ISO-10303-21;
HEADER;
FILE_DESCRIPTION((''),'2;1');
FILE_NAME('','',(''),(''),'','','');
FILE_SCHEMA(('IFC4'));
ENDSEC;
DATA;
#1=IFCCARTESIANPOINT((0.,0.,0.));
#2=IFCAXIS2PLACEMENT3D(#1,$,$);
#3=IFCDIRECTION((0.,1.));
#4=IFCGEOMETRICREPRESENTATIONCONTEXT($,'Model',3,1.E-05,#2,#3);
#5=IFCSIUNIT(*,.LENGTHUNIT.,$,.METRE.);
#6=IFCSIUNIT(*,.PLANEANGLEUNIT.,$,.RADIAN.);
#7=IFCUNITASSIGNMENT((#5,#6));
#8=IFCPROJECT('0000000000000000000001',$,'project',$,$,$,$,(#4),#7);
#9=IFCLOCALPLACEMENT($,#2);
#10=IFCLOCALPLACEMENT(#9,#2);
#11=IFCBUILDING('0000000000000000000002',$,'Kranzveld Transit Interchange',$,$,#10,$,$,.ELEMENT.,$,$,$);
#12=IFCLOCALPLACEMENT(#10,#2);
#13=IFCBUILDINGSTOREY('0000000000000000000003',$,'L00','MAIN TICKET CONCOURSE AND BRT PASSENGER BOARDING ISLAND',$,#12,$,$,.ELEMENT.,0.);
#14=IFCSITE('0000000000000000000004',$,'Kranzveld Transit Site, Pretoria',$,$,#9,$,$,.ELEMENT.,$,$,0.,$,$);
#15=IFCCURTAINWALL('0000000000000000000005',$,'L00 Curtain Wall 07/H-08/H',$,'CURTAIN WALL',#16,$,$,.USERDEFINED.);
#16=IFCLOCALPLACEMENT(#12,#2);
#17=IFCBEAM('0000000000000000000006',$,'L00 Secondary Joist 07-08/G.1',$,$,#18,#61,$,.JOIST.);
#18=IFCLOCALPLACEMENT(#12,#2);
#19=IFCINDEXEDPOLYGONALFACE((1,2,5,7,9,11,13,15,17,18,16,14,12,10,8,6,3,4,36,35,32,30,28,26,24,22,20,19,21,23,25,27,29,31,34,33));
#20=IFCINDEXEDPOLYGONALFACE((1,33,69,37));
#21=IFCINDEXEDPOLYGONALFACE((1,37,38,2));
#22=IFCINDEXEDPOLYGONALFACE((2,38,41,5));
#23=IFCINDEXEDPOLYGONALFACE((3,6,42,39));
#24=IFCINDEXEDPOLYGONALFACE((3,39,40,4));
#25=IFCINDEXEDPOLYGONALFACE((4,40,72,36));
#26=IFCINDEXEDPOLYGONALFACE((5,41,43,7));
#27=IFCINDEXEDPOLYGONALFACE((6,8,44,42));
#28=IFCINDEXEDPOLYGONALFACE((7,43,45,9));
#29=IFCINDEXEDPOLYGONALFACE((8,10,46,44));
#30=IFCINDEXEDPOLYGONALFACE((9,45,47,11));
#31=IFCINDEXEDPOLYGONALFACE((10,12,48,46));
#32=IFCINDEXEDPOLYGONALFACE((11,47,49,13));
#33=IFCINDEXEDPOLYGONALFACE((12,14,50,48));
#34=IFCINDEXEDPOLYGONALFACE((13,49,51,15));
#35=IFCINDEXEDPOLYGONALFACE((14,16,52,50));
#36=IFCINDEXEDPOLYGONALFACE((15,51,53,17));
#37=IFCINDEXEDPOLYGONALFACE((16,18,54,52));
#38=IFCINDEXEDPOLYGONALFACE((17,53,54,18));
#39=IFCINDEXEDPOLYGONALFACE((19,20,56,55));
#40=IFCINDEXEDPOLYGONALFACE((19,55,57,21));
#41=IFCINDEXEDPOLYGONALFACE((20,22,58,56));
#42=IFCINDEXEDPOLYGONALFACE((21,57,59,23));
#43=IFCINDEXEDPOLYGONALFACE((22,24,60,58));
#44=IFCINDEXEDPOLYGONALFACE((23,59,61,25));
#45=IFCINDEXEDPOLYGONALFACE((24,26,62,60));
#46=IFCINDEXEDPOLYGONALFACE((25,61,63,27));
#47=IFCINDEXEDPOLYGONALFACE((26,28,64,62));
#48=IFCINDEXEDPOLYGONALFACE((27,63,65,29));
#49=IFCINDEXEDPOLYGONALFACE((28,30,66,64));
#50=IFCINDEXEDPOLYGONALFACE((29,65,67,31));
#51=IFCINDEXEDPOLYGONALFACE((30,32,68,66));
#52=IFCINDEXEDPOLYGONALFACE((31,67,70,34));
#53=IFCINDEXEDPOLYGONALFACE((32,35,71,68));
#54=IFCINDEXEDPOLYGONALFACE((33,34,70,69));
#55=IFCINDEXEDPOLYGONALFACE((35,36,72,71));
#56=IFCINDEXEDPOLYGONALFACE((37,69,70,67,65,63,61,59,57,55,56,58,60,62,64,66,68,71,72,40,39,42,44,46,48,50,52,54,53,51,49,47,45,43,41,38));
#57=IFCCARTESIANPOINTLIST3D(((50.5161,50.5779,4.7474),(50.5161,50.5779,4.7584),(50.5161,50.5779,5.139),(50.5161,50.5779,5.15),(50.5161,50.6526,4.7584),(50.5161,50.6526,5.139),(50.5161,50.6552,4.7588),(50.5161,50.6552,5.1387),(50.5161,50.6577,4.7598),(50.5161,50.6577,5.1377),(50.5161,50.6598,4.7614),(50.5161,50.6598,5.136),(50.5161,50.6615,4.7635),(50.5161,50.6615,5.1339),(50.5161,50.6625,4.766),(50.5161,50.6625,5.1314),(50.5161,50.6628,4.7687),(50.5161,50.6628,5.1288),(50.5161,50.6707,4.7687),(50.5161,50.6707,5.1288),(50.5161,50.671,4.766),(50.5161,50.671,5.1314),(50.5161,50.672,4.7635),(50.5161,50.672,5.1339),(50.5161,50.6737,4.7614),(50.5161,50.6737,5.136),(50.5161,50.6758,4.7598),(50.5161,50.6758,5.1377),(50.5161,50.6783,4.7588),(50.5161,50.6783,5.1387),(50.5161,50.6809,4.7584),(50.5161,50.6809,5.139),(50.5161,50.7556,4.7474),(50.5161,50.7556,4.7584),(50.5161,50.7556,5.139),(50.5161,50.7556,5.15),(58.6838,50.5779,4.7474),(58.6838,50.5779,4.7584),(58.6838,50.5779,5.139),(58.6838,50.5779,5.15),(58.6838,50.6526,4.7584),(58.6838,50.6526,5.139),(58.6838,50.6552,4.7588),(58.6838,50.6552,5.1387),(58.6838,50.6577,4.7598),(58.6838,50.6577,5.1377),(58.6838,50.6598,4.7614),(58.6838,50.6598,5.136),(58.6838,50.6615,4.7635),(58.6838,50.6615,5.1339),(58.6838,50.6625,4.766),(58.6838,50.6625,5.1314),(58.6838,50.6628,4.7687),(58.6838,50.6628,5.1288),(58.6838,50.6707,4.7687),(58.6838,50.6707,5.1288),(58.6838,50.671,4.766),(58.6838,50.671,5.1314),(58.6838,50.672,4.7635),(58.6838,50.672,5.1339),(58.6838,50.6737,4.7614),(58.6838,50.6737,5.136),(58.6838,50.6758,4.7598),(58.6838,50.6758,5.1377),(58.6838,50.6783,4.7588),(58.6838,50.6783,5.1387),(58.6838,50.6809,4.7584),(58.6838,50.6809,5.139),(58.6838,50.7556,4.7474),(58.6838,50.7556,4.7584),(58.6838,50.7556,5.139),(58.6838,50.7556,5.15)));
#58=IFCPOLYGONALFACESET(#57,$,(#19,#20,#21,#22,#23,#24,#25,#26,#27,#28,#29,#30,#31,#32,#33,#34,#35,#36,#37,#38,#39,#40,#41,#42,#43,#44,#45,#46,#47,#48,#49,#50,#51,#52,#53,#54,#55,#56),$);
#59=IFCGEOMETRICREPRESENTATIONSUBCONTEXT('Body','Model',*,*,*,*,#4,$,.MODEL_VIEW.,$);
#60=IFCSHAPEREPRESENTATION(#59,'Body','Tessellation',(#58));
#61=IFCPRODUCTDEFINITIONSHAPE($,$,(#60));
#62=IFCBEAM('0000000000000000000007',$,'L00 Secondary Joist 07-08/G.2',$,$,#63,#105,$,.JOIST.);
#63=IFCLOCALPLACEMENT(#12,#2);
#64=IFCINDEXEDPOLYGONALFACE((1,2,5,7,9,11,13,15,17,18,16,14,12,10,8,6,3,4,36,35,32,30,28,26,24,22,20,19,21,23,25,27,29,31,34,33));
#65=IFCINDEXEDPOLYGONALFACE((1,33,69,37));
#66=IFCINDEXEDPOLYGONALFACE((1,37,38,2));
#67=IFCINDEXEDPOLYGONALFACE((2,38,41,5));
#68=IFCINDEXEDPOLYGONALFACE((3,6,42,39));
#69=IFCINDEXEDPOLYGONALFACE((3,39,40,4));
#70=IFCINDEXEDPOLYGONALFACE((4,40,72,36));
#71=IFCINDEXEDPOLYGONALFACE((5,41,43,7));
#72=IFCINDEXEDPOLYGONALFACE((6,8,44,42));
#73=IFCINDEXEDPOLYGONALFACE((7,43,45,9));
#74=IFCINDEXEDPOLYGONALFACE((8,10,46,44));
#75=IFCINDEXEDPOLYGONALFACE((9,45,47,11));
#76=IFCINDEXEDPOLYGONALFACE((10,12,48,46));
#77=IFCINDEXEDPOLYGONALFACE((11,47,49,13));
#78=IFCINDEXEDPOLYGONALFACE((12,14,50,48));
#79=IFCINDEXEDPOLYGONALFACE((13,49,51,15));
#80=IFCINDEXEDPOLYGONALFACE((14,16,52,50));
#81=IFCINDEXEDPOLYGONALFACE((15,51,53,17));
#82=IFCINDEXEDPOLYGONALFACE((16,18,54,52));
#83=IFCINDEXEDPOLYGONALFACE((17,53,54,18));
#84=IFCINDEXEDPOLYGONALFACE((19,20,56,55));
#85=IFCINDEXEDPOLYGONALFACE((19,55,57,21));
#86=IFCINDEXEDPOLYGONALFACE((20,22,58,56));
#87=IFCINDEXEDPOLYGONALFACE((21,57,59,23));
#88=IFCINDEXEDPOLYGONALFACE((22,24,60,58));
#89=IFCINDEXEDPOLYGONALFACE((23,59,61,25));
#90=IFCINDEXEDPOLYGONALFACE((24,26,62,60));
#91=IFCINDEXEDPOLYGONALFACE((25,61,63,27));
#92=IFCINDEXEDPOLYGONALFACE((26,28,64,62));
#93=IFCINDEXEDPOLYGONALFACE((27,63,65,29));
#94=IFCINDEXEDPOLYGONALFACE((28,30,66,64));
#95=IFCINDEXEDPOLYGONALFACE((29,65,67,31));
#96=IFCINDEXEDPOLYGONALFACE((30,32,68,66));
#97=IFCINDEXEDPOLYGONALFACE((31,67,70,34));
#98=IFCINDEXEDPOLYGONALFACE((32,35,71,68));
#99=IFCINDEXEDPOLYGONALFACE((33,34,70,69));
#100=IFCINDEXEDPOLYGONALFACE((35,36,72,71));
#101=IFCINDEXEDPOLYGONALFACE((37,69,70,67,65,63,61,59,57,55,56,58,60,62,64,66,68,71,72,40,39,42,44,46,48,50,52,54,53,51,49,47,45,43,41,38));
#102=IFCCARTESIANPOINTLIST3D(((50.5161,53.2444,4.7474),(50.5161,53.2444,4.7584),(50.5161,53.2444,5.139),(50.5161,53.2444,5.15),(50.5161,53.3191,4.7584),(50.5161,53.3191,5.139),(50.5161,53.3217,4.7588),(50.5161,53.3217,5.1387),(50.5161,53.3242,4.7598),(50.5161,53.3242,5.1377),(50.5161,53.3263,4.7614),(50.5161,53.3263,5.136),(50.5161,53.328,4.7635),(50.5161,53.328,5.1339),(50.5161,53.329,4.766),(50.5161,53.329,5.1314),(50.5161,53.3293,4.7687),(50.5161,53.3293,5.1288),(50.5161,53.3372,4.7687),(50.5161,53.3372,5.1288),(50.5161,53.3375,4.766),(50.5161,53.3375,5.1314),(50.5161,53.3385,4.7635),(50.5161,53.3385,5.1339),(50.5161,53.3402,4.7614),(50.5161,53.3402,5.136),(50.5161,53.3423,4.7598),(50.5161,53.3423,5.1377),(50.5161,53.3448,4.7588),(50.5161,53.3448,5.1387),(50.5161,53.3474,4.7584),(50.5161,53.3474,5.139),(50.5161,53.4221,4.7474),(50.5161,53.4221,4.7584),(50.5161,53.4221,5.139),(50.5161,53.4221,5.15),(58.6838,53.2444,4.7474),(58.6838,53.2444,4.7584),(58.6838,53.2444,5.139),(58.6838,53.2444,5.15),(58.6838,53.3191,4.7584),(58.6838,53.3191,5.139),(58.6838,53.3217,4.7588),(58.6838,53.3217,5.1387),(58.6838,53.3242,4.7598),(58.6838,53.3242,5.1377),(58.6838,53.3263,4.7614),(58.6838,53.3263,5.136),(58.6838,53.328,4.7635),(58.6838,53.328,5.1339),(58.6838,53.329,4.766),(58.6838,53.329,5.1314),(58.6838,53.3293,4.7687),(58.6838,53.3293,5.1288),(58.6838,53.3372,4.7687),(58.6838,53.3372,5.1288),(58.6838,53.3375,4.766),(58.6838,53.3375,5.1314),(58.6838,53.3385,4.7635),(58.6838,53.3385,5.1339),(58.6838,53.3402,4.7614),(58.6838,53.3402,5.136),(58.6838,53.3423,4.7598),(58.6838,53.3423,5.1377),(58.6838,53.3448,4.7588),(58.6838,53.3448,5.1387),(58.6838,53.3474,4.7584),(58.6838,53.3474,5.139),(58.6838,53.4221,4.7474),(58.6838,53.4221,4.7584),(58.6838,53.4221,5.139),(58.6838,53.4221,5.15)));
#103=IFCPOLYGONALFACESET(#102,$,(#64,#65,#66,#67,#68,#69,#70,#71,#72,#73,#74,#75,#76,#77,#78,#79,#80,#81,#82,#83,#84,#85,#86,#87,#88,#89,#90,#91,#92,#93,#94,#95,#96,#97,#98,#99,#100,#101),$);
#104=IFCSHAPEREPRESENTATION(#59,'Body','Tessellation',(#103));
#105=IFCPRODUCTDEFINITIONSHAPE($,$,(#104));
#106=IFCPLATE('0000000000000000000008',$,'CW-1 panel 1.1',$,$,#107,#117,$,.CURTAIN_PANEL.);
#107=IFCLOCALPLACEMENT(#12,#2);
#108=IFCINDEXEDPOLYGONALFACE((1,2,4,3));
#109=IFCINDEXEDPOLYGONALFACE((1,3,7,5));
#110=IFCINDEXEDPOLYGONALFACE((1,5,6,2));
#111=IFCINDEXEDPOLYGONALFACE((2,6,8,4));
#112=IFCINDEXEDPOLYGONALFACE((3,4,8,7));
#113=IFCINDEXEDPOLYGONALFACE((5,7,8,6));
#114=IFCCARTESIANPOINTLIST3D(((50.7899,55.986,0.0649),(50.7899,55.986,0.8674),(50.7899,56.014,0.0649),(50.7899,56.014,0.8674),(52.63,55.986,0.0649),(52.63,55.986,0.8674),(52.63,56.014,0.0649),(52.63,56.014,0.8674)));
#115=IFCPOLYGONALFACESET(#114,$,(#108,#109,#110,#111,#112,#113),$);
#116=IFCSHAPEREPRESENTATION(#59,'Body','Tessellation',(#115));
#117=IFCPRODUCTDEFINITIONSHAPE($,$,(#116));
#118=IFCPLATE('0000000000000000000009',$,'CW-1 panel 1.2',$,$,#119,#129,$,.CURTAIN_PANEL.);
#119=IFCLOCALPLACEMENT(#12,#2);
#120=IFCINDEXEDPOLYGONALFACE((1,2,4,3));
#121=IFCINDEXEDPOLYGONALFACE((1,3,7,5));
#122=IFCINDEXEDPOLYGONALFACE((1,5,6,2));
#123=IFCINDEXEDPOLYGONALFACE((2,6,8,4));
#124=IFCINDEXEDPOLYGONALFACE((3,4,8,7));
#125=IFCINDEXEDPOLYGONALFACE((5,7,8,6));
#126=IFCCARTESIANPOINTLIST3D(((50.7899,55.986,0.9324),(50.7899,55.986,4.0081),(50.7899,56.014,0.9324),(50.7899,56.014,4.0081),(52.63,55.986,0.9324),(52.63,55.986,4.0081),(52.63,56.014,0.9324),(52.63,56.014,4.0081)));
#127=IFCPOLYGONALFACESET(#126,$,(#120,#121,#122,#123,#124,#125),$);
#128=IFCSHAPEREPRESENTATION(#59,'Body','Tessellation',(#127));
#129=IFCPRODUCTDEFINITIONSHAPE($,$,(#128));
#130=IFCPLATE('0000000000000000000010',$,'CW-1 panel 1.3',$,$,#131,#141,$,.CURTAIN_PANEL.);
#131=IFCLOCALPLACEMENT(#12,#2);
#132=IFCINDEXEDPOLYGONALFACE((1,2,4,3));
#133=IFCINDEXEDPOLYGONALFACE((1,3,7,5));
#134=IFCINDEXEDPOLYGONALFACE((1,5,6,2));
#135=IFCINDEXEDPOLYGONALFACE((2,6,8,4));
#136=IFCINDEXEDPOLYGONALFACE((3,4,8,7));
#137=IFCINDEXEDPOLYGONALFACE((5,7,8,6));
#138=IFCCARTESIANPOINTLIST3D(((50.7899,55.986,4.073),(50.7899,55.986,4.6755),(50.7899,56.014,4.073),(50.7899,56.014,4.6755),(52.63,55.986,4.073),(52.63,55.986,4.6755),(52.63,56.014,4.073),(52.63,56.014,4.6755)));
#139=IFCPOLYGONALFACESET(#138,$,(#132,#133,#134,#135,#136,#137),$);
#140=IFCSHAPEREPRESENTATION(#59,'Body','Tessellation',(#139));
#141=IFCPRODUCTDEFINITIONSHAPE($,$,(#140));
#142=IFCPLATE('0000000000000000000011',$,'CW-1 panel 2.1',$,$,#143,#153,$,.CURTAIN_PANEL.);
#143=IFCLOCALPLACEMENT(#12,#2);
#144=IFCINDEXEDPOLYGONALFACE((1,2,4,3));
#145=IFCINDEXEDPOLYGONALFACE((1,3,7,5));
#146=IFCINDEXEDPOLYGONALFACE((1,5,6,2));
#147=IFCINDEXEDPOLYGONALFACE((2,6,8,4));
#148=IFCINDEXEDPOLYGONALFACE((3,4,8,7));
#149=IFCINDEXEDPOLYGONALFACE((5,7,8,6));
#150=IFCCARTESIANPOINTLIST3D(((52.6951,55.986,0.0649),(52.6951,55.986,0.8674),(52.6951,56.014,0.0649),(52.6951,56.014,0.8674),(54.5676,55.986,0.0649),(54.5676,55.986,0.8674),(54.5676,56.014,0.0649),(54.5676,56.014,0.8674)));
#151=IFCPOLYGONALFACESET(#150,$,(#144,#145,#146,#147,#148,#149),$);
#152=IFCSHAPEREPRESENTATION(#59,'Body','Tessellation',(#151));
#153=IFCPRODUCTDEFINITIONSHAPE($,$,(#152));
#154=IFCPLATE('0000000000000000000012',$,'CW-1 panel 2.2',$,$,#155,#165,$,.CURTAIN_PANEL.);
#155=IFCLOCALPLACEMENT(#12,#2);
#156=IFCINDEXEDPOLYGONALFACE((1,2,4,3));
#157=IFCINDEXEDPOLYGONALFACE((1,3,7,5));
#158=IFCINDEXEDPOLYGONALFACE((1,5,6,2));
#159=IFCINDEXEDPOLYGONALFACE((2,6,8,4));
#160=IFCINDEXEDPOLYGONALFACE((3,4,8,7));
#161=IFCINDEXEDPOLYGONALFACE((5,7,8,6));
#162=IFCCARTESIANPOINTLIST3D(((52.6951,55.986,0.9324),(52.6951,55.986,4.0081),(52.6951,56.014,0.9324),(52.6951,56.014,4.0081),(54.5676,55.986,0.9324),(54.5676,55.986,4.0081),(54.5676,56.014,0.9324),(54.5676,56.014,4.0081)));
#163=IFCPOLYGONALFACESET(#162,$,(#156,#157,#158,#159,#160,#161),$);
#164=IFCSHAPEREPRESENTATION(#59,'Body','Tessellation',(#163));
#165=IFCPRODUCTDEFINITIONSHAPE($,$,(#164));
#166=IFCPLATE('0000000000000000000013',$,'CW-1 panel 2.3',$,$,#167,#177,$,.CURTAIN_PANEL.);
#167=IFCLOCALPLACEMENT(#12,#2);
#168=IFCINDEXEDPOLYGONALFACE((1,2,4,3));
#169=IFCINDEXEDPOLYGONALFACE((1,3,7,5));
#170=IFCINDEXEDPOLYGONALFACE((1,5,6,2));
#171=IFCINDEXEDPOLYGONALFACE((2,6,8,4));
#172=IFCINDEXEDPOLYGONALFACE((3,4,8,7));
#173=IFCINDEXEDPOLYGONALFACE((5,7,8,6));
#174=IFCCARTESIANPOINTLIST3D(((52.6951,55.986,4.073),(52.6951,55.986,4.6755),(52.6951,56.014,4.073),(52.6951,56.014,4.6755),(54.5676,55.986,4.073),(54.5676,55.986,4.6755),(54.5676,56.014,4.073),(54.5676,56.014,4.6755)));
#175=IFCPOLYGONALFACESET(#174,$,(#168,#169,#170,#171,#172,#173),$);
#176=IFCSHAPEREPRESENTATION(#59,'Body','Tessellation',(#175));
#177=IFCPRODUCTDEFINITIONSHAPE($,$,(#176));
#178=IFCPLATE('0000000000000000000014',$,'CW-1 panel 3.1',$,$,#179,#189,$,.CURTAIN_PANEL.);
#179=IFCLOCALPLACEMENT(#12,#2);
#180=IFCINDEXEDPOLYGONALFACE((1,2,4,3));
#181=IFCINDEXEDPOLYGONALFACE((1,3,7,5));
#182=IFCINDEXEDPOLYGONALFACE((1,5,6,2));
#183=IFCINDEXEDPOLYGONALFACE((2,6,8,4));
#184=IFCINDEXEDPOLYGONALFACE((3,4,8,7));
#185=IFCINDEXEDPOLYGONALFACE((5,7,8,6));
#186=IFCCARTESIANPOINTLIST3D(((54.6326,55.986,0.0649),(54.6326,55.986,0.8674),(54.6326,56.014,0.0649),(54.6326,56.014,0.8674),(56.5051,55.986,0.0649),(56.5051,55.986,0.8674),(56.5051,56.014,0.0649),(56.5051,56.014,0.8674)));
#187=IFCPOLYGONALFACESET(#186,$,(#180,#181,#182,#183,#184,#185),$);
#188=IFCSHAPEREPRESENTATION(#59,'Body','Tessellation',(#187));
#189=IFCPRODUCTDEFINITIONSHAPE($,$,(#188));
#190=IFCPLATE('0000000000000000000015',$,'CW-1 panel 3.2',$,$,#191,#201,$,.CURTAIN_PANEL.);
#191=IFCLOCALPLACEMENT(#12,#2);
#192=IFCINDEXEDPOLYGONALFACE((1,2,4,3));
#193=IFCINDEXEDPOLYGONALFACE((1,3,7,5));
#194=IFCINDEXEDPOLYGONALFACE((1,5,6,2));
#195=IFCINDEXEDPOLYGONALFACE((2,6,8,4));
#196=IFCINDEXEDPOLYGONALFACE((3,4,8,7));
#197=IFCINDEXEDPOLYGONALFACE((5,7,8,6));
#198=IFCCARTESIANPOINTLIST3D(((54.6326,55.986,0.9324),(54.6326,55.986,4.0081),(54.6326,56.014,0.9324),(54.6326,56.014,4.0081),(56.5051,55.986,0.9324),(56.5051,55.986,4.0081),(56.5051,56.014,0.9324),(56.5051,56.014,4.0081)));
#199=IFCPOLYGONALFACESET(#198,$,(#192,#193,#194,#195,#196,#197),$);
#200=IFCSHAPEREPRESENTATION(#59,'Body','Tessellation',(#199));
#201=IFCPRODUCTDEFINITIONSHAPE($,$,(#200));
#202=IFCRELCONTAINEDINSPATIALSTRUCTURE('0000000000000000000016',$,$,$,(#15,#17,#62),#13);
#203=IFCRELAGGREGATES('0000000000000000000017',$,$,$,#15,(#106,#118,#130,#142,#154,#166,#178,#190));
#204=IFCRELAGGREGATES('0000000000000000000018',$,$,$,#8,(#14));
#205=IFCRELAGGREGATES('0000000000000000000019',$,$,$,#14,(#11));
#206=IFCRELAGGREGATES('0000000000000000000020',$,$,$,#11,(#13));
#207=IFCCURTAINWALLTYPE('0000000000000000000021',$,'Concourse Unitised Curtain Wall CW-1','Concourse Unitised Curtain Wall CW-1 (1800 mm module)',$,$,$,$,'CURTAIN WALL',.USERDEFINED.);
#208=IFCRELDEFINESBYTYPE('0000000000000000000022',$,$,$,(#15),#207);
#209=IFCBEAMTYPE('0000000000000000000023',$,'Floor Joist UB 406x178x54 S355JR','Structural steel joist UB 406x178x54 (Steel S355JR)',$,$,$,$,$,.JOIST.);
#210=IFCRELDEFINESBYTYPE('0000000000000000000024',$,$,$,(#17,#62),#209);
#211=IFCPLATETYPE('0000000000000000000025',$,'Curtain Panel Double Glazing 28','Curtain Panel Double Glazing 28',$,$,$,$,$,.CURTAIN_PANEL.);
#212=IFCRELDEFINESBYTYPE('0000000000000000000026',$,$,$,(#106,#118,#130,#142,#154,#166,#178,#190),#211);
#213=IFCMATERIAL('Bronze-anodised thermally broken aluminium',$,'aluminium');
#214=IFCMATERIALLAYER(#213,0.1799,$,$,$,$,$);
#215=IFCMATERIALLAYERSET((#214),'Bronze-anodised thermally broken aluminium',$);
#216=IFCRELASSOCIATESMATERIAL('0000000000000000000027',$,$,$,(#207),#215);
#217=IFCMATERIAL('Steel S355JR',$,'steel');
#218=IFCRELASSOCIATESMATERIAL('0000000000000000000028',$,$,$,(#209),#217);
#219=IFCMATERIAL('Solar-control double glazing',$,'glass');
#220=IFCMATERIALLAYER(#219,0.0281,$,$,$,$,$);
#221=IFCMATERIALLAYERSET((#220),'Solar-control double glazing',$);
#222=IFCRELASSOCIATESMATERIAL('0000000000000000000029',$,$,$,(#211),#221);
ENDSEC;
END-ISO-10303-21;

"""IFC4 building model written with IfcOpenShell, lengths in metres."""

from ifc_helpers import new_model, si_unit, direction, frame, origin, origin_2d, place, context, subcontext, project, spatial, rectangle, i_section, extrude, material, layer, layer_set, material_profile, profile_set, type_object, element, aggregate, save


model = new_model("IFC4")

# Units and contexts
model_context = context("Model", 3, precision=1e-05, world=origin(), true_north=direction((0.0, 1.0)))
body_context = subcontext(model_context, "Body", "Model", "MODEL_VIEW")
ifc_project = project(units=[si_unit("LENGTHUNIT", "METRE"), si_unit("PLANEANGLEUNIT", "RADIAN")], contexts=[model_context])

# Site, building, storey
site_placement = place(None, origin())
site = spatial("IfcSite", under=ifc_project, at=site_placement, Name="Kranzveld Transit Site, Pretoria", CompositionType="ELEMENT", RefElevation=0.0)
building_placement = place(site_placement, origin())
building = spatial("IfcBuilding", under=site, at=building_placement, Name="Kranzveld Transit Interchange", CompositionType="ELEMENT")
storey_placement = place(building_placement, origin())
storey = spatial("IfcBuildingStorey", under=building, at=storey_placement, Name="L00", Description="MAIN TICKET CONCOURSE AND BRT PASSENGER BOARDING ISLAND", CompositionType="ELEMENT", Elevation=0.0)

# Curtain wall
ifc_material_1 = material(Name="Bronze-anodised thermally broken aluminium", Category="aluminium")
ifc_layer_1 = layer(ifc_material_1, 0.1799)
ifc_layer_set_1 = layer_set([ifc_layer_1], Name="Bronze-anodised thermally broken aluminium")
curtain_wall_type = type_object("IfcCurtainWallType", Name="Concourse Unitised Curtain Wall CW-1", Description="Concourse Unitised Curtain Wall CW-1 (1800 mm module)", ElementType="CURTAIN WALL", PredefinedType="USERDEFINED", material=ifc_layer_set_1)
curtain_wall_placement = place(storey_placement, origin())
curtain_wall = element("IfcCurtainWall", 1, at=curtain_wall_placement, inside=storey, type_object=curtain_wall_type, Name="L00 Curtain Wall 07/H-08/H", ObjectType="CURTAIN WALL", PredefinedType="USERDEFINED")

# Beams
ifc_material_2 = material(Name="Steel S355JR", Category="steel")
ifc_material_profile_1 = material_profile(ifc_material_2, i_section(OverallWidth=0.1777, OverallDepth=0.4026, WebThickness=0.0078, FlangeThickness=0.011, FilletRadius=0.0103, at=origin_2d()), Name="UB 406x178x54")
ifc_profile_set_1 = profile_set([ifc_material_profile_1], Name="Steel S355JR")
beam_type_1 = type_object("IfcBeamType", Name="Floor Joist UB 406x178x54 S355JR", Description="Structural steel joist UB 406x178x54 (Steel S355JR)", PredefinedType="JOIST", material=ifc_profile_set_1)
for number, where, z_axis, x_axis, name in (
    (2, (50.5161, 50.6667, 4.9487), (1.0, 0.0, 0.0), (0.0, 1.0, 0.0), "L00 Secondary Joist 07-08/G.1"),
    (3, (50.5161, 53.3333, 4.9487), (1.0, 0.0, 0.0), (0.0, 1.0, 0.0), "L00 Secondary Joist 07-08/G.2"),
):
    element("IfcBeam", number, at=place(storey_placement, frame(where, z_axis=z_axis, x_axis=x_axis)), inside=storey, type_object=beam_type_1, Name=name, PredefinedType="JOIST", context=body_context, shape_type="SweptSolid", body=[
        extrude(i_section(OverallWidth=0.1777, OverallDepth=0.4026, WebThickness=0.0078, FlangeThickness=0.011, FilletRadius=0.0103, at=origin_2d()), origin(), (0.0, 0.0, 1.0), 8.1677),
    ])

# Plates
ifc_material_3 = material(Name="Solar-control double glazing", Category="glass")
ifc_layer_2 = layer(ifc_material_3, 0.0281)
ifc_layer_set_2 = layer_set([ifc_layer_2], Name="Solar-control double glazing")
plate_type = type_object("IfcPlateType", Name="Curtain Panel Double Glazing 28", Description="Curtain Panel Double Glazing 28", PredefinedType="CURTAIN_PANEL", material=ifc_layer_set_2)
plate_1_placement = place(storey_placement, frame((51.71, 56.0, 0.0649), z_axis=(0.0, 0.0, 1.0), x_axis=(1.0, 0.0, 0.0)))
plate_1 = element("IfcPlate", 4, at=plate_1_placement, type_object=plate_type, Name="CW-1 panel 1.1", PredefinedType="CURTAIN_PANEL", context=body_context, shape_type="SweptSolid", body=[
    extrude(rectangle(XDim=1.8401, YDim=0.0281, at=origin_2d()), origin(), (0.0, 0.0, 1.0), 0.8025),
])
plate_2_placement = place(storey_placement, frame((51.71, 56.0, 0.9324), z_axis=(0.0, 0.0, 1.0), x_axis=(1.0, 0.0, 0.0)))
plate_2 = element("IfcPlate", 5, at=plate_2_placement, type_object=plate_type, Name="CW-1 panel 1.2", PredefinedType="CURTAIN_PANEL", context=body_context, shape_type="SweptSolid", body=[
    extrude(rectangle(XDim=1.8401, YDim=0.0281, at=origin_2d()), origin(), (0.0, 0.0, 1.0), 3.0757),
])
plate_3_placement = place(storey_placement, frame((51.71, 56.0, 4.073), z_axis=(0.0, 0.0, 1.0), x_axis=(1.0, 0.0, 0.0)))
plate_3 = element("IfcPlate", 6, at=plate_3_placement, type_object=plate_type, Name="CW-1 panel 1.3", PredefinedType="CURTAIN_PANEL", context=body_context, shape_type="SweptSolid", body=[
    extrude(rectangle(XDim=1.8401, YDim=0.0281, at=origin_2d()), origin(), (0.0, 0.0, 1.0), 0.6025),
])
plate_4_placement = place(storey_placement, frame((53.6313, 56.0, 0.0649), z_axis=(0.0, 0.0, 1.0), x_axis=(1.0, 0.0, 0.0)))
plate_4 = element("IfcPlate", 7, at=plate_4_placement, type_object=plate_type, Name="CW-1 panel 2.1", PredefinedType="CURTAIN_PANEL", context=body_context, shape_type="SweptSolid", body=[
    extrude(rectangle(XDim=1.8726, YDim=0.0281, at=origin_2d()), origin(), (0.0, 0.0, 1.0), 0.8025),
])
plate_5_placement = place(storey_placement, frame((53.6313, 56.0, 0.9324), z_axis=(0.0, 0.0, 1.0), x_axis=(1.0, 0.0, 0.0)))
plate_5 = element("IfcPlate", 8, at=plate_5_placement, type_object=plate_type, Name="CW-1 panel 2.2", PredefinedType="CURTAIN_PANEL", context=body_context, shape_type="SweptSolid", body=[
    extrude(rectangle(XDim=1.8726, YDim=0.0281, at=origin_2d()), origin(), (0.0, 0.0, 1.0), 3.0757),
])
plate_6_placement = place(storey_placement, frame((53.6313, 56.0, 4.073), z_axis=(0.0, 0.0, 1.0), x_axis=(1.0, 0.0, 0.0)))
plate_6 = element("IfcPlate", 9, at=plate_6_placement, type_object=plate_type, Name="CW-1 panel 2.3", PredefinedType="CURTAIN_PANEL", context=body_context, shape_type="SweptSolid", body=[
    extrude(rectangle(XDim=1.8726, YDim=0.0281, at=origin_2d()), origin(), (0.0, 0.0, 1.0), 0.6025),
])
plate_7_placement = place(storey_placement, frame((55.5688, 56.0, 0.0649), z_axis=(0.0, 0.0, 1.0), x_axis=(1.0, 0.0, 0.0)))
plate_7 = element("IfcPlate", 10, at=plate_7_placement, type_object=plate_type, Name="CW-1 panel 3.1", PredefinedType="CURTAIN_PANEL", context=body_context, shape_type="SweptSolid", body=[
    extrude(rectangle(XDim=1.8726, YDim=0.0281, at=origin_2d()), origin(), (0.0, 0.0, 1.0), 0.8025),
])
plate_8_placement = place(storey_placement, frame((55.5688, 56.0, 0.9324), z_axis=(0.0, 0.0, 1.0), x_axis=(1.0, 0.0, 0.0)))
plate_8 = element("IfcPlate", 11, at=plate_8_placement, type_object=plate_type, Name="CW-1 panel 3.2", PredefinedType="CURTAIN_PANEL", context=body_context, shape_type="SweptSolid", body=[
    extrude(rectangle(XDim=1.8726, YDim=0.0281, at=origin_2d()), origin(), (0.0, 0.0, 1.0), 3.0757),
])
aggregate(curtain_wall, [plate_1, plate_2, plate_3, plate_4, plate_5, plate_6, plate_7, plate_8])

save(model, "model.ifc")
